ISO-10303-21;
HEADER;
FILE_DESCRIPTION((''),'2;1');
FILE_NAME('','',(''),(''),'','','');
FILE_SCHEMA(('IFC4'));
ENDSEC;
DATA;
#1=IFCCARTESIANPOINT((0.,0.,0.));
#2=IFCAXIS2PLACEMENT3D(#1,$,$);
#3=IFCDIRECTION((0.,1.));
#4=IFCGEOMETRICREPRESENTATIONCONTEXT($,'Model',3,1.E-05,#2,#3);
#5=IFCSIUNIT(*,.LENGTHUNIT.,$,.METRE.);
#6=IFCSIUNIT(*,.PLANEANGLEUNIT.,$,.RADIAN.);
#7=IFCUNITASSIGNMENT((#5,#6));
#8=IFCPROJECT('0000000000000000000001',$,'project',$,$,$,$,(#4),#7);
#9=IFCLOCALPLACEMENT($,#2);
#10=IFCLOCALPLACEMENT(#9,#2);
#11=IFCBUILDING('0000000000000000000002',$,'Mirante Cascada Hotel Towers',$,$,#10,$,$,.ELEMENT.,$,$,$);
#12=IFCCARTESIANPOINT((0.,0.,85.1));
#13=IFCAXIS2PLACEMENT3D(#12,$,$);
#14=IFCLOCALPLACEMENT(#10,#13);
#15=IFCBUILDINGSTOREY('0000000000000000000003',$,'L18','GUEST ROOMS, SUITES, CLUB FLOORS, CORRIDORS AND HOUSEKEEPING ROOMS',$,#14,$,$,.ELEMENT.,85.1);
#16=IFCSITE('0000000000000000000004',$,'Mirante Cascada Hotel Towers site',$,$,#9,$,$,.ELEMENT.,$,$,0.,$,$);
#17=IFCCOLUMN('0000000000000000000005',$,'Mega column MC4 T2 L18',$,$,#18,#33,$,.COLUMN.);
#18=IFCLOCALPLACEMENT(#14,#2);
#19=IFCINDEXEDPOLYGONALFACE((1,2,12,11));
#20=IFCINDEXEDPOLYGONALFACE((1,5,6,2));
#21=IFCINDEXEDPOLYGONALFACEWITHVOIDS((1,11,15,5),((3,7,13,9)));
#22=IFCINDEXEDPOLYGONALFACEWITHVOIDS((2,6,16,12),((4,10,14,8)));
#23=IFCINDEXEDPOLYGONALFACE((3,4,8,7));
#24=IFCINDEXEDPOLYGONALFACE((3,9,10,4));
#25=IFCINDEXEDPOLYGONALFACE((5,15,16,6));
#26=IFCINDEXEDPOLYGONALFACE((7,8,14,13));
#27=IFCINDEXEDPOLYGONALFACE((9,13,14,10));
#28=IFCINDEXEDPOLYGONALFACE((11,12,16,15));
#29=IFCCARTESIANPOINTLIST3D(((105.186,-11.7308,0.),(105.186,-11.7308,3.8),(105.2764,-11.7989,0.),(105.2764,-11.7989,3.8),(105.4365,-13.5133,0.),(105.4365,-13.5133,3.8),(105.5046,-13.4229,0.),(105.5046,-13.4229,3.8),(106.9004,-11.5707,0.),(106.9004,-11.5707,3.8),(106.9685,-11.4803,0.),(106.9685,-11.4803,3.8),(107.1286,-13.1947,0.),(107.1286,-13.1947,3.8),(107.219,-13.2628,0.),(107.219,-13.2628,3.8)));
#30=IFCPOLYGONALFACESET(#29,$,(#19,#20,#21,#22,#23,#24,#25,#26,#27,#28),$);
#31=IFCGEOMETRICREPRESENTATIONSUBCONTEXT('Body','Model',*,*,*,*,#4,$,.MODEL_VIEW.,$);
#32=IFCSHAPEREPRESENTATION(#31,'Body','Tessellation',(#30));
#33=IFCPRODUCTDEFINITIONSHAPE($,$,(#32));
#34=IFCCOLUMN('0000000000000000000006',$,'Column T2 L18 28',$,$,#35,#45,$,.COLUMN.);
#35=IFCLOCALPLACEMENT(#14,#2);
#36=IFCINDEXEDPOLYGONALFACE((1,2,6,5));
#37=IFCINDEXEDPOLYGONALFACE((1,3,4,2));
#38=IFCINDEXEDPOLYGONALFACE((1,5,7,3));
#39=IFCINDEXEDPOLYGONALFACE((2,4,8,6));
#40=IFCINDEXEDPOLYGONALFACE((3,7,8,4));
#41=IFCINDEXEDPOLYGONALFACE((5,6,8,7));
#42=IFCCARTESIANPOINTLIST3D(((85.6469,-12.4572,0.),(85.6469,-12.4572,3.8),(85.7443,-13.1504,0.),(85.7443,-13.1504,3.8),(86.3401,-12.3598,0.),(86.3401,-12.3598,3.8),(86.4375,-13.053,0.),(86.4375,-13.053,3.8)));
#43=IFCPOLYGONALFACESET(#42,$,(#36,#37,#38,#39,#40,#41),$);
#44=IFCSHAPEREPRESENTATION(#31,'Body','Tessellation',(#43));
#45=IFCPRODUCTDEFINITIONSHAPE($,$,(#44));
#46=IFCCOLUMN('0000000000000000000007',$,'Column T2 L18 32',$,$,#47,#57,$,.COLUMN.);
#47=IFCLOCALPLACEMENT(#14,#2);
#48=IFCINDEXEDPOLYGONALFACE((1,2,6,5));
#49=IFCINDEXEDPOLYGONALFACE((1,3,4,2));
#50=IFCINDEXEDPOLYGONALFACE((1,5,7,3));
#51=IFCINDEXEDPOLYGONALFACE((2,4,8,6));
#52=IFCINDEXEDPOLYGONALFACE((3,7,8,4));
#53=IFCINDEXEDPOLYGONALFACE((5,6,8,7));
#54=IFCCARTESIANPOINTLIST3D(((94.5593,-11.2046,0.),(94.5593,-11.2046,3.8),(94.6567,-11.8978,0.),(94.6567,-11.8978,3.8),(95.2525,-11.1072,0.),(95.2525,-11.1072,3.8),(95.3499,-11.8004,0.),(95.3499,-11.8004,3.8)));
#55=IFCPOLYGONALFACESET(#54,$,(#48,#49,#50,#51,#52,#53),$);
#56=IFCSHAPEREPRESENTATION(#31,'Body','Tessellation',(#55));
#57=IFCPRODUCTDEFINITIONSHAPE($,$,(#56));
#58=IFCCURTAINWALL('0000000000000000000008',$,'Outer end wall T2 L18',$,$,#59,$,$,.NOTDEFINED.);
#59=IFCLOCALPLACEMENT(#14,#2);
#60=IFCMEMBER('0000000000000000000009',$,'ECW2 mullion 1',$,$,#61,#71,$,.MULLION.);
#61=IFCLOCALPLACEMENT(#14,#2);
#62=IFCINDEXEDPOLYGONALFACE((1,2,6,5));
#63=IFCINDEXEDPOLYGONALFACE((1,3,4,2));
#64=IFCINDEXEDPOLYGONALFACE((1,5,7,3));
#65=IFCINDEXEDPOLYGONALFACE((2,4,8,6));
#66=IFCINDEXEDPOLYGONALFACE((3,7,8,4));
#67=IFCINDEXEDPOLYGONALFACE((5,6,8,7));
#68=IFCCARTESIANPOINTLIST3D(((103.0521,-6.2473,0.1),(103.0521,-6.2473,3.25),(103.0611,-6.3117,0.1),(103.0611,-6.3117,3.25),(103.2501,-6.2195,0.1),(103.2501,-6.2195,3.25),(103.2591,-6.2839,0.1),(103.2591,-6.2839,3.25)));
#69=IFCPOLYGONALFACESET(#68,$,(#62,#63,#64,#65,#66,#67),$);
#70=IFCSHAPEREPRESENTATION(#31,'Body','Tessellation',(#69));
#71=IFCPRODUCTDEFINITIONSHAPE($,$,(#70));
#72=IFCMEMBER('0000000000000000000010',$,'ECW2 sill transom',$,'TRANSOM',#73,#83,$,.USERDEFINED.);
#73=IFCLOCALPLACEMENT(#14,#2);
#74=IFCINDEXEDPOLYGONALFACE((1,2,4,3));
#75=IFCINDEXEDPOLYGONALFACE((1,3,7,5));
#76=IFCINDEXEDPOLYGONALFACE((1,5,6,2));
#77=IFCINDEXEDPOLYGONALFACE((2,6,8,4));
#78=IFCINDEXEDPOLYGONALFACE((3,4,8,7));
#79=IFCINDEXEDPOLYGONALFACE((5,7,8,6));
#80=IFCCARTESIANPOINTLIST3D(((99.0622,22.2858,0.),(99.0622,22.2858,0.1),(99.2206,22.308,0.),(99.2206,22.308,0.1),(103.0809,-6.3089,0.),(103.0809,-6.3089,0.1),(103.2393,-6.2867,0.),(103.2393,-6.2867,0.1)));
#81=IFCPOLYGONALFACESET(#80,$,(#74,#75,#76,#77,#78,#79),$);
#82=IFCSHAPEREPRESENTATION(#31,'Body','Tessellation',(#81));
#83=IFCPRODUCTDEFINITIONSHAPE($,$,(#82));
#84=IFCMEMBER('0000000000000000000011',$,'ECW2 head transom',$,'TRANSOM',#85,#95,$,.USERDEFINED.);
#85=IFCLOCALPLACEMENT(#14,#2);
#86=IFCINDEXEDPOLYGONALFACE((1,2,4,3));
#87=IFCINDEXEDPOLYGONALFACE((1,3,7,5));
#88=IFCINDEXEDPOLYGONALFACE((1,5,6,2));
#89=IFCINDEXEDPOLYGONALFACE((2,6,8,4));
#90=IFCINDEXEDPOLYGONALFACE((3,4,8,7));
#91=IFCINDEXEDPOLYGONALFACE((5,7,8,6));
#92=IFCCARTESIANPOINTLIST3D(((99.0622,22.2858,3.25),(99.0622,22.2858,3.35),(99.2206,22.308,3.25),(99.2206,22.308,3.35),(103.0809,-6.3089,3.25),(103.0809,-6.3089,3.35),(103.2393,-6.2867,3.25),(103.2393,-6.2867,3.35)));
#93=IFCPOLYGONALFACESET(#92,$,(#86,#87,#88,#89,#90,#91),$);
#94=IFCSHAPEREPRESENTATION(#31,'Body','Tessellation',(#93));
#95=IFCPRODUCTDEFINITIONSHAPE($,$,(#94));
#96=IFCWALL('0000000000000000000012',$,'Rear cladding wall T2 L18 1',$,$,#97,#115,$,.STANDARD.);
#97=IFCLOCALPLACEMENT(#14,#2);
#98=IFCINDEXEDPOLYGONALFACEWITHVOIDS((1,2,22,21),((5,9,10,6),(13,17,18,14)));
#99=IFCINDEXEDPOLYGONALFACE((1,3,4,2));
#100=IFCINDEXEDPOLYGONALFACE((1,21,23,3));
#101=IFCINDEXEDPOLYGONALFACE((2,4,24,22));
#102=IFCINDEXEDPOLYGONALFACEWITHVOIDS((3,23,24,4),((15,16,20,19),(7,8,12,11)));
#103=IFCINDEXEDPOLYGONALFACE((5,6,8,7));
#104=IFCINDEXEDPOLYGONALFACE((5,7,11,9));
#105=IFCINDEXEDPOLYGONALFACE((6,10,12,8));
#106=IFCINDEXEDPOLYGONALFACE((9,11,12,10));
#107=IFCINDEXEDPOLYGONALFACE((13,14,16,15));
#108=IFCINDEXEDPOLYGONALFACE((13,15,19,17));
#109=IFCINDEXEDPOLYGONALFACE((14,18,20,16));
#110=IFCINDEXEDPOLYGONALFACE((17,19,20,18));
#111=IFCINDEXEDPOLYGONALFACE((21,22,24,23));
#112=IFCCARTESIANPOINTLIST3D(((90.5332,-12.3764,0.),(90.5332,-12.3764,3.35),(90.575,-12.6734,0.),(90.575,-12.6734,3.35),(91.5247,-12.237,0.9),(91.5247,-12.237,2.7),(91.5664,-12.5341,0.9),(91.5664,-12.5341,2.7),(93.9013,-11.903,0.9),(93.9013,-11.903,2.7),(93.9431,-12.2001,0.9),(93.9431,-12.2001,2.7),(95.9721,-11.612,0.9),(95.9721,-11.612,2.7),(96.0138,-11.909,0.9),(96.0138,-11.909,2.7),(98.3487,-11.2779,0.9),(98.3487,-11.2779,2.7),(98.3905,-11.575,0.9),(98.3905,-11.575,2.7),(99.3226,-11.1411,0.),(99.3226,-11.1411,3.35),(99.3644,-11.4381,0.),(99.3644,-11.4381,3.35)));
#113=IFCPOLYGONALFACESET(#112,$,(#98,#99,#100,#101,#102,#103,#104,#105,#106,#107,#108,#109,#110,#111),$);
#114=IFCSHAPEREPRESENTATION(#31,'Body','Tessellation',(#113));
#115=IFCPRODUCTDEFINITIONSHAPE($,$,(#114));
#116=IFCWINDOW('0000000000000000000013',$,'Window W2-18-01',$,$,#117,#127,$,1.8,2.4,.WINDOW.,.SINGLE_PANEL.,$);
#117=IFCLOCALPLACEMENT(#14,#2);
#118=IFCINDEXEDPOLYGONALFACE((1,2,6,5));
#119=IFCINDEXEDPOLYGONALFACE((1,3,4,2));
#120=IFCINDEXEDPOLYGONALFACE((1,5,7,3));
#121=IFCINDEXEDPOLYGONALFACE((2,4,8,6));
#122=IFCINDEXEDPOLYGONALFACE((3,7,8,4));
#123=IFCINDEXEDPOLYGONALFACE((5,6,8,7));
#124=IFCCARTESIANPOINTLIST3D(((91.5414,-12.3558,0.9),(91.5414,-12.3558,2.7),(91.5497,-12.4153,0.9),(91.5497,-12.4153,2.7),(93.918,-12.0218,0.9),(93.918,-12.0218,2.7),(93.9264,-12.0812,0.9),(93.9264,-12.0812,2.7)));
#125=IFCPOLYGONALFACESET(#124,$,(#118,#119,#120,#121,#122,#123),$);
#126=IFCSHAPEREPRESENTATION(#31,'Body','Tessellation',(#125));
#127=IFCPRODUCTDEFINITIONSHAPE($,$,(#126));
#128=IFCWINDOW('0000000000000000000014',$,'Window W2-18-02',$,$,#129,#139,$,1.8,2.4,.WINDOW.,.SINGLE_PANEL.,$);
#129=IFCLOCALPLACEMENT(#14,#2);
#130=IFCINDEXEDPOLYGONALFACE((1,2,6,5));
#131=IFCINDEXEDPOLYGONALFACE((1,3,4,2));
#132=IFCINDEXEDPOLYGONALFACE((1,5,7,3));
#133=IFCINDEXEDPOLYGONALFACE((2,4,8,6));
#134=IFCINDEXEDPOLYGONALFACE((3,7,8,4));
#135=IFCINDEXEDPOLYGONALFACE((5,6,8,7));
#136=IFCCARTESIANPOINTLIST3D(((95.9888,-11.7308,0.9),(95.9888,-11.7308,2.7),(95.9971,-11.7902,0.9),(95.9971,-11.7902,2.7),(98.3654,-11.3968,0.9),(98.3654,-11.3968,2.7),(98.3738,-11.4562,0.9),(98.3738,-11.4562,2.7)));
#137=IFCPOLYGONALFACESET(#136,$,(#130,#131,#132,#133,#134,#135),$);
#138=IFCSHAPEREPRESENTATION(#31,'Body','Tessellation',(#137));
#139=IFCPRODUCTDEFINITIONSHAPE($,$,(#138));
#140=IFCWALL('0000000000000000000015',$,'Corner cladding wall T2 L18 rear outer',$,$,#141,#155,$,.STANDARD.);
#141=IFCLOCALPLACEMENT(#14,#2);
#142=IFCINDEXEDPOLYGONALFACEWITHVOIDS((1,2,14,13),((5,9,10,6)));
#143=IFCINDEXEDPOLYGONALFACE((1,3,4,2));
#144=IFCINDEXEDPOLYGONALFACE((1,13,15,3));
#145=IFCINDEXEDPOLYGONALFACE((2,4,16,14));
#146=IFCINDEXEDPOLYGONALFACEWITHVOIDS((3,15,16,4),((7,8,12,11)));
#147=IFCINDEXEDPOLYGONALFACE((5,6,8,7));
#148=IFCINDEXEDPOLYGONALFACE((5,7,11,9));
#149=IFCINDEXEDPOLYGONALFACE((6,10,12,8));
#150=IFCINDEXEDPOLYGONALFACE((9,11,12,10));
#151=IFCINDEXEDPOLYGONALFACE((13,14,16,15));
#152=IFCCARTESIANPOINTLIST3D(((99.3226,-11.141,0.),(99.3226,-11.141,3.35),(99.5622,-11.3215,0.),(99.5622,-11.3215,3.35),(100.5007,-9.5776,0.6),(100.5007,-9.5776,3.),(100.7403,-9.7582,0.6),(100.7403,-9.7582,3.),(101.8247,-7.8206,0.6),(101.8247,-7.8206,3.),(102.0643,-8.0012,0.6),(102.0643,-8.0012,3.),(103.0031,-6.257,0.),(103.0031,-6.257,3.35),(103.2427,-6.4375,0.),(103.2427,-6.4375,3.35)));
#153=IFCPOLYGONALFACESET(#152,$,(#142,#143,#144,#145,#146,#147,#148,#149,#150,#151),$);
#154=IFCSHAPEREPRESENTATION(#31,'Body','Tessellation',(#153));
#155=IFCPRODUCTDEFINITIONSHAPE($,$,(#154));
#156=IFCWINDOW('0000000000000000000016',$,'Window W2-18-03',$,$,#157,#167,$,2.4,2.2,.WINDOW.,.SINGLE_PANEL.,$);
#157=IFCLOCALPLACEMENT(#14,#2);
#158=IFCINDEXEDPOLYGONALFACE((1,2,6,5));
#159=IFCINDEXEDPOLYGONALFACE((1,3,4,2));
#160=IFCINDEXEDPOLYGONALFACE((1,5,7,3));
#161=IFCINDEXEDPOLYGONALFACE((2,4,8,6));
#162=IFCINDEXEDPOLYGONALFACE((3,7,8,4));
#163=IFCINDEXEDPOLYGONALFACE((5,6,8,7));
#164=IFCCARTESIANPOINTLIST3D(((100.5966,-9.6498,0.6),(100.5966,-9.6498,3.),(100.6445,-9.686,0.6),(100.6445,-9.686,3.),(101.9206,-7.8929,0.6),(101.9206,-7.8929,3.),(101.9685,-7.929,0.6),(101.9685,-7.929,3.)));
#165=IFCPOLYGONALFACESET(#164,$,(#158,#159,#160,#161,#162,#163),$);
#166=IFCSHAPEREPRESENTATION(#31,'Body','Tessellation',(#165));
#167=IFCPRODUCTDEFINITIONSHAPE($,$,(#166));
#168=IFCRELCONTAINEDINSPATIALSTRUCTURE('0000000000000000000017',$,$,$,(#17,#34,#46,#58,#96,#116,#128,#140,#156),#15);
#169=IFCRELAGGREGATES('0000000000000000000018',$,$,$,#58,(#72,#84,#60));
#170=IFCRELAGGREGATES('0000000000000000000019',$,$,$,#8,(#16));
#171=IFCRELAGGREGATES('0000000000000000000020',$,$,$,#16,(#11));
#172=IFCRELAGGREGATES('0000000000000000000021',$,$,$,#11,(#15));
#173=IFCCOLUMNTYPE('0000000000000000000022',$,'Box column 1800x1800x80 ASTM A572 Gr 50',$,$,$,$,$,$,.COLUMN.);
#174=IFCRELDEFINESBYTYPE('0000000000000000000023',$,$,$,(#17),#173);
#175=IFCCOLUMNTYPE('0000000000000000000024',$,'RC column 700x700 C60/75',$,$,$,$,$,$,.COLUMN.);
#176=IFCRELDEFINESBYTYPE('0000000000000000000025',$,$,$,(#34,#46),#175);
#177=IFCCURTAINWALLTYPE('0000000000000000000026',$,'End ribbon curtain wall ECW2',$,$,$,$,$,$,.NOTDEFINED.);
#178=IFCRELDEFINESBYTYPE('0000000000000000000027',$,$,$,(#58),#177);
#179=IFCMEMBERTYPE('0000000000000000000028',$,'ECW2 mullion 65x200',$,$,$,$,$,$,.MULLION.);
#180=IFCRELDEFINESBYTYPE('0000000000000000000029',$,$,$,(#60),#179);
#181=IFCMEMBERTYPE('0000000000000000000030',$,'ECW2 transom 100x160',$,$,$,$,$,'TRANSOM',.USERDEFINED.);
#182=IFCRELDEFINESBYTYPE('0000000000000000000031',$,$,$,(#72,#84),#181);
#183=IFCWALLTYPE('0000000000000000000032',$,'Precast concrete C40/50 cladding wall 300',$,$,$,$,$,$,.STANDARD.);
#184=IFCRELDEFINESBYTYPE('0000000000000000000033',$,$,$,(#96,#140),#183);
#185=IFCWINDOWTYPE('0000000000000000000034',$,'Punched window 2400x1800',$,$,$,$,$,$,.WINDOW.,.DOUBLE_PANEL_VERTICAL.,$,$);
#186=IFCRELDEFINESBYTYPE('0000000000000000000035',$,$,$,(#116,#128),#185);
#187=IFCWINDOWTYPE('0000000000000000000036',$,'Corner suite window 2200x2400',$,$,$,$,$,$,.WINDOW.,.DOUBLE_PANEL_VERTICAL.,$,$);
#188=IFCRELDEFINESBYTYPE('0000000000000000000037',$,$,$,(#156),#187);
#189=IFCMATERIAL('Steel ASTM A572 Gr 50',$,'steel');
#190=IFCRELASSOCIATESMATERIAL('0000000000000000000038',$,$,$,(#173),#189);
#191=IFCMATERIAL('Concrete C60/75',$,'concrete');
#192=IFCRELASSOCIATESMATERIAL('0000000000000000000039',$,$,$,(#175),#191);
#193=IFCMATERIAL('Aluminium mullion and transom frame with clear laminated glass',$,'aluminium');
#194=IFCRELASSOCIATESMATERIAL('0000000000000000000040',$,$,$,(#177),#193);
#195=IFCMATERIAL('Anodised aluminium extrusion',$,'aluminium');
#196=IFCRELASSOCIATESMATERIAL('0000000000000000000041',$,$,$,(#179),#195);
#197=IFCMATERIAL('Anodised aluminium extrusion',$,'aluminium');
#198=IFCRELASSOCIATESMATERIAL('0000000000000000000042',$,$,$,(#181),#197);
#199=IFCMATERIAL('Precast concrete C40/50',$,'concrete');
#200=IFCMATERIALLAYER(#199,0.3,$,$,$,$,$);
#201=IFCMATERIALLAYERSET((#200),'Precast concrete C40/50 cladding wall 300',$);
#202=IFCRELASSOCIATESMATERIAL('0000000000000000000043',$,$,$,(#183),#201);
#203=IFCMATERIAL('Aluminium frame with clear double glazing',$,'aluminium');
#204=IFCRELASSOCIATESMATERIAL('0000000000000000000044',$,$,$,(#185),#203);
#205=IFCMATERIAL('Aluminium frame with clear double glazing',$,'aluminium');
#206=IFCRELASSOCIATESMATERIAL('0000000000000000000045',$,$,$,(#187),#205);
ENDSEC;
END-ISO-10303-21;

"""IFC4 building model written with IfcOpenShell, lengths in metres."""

from ifc_helpers import new_model, si_unit, direction, frame, frame_2d, origin, origin_2d, place, context, subcontext, project, spatial, rectangle, hollow_rectangle, extrude, material, layer, layer_set, material_profile, profile_set, type_object, element, fill, aggregate, save


model = new_model("IFC4")

# Units and contexts
model_context = context("Model", 3, precision=1e-05, world=origin(), true_north=direction((0.0, 1.0)))
body_context = subcontext(model_context, "Body", "Model", "MODEL_VIEW")
ifc_project = project(units=[si_unit("LENGTHUNIT", "METRE"), si_unit("PLANEANGLEUNIT", "RADIAN")], contexts=[model_context])

# Site, building, storey
site_placement = place(None, origin())
site = spatial("IfcSite", under=ifc_project, at=site_placement, Name="Mirante Cascada Hotel Towers site", CompositionType="ELEMENT", RefElevation=0.0)
building_placement = place(site_placement, origin())
building = spatial("IfcBuilding", under=site, at=building_placement, Name="Mirante Cascada Hotel Towers", CompositionType="ELEMENT")
storey_placement = place(building_placement, frame((0.0, 0.0, 85.1)))
storey = spatial("IfcBuildingStorey", under=building, at=storey_placement, Name="L18", Description="GUEST ROOMS, SUITES, CLUB FLOORS, CORRIDORS AND HOUSEKEEPING ROOMS", CompositionType="ELEMENT", Elevation=85.1)

# Columns
ifc_material_1 = material(Name="Steel ASTM A572 Gr 50", Category="steel")
ifc_material_profile_1 = material_profile(ifc_material_1, hollow_rectangle(XDim=1.8, YDim=1.8, WallThickness=0.08, at=origin_2d()), Name="Box column 1800x1800x80 ASTM A572 Gr 50")
ifc_profile_set_1 = profile_set([ifc_material_profile_1], Name="Steel ASTM A572 Gr 50")
column_type_1 = type_object("IfcColumnType", Name="Box column 1800x1800x80 ASTM A572 Gr 50", PredefinedType="COLUMN", material=ifc_profile_set_1)
column_placement = place(storey_placement, frame((106.2025, -12.4968, 0.0), z_axis=(0.0, 0.0, 1.0), x_axis=(0.990268, 0.139173, 0.0)))
element("IfcColumn", 1, at=column_placement, inside=storey, type_object=column_type_1, Name="Mega column MC4 T2 L18", PredefinedType="COLUMN", context=body_context, shape_type="SweptSolid", body=[
    extrude(hollow_rectangle(XDim=1.8, YDim=1.8, WallThickness=0.08, at=origin_2d()), origin(), (0.0, 0.0, 1.0), 3.8),
])
ifc_material_2 = material(Name="Concrete C60/75", Category="concrete")
ifc_material_profile_2 = material_profile(ifc_material_2, rectangle(XDim=0.7, YDim=0.7, at=origin_2d()), Name="RC column 700x700 C60/75")
ifc_profile_set_2 = profile_set([ifc_material_profile_2], Name="Concrete C60/75")
column_type_2 = type_object("IfcColumnType", Name="RC column 700x700 C60/75", PredefinedType="COLUMN", material=ifc_profile_set_2)
for number, where, z_axis, x_axis, name in (
    (2, (86.0422, -12.7551, 0.0), (0.0, 0.0, 1.0), (0.990268, 0.139173, 0.0), "Column T2 L18 28"),
    (3, (94.9546, -11.5025, 0.0), (0.0, 0.0, 1.0), (0.990268, 0.139173, 0.0), "Column T2 L18 32"),
):
    element("IfcColumn", number, at=place(storey_placement, frame(where, z_axis=z_axis, x_axis=x_axis)), inside=storey, type_object=column_type_2, Name=name, PredefinedType="COLUMN", context=body_context, shape_type="SweptSolid", body=[
        extrude(rectangle(XDim=0.7, YDim=0.7, at=origin_2d()), origin(), (0.0, 0.0, 1.0), 3.8),
    ])

# Curtain wall, members
ifc_material_3 = material(Name="Aluminium mullion and transom frame with clear laminated glass", Category="aluminium")
curtain_wall_type = type_object("IfcCurtainWallType", Name="End ribbon curtain wall ECW2", PredefinedType="NOTDEFINED", material=ifc_material_3)
curtain_wall_placement = place(storey_placement, origin())
curtain_wall = element("IfcCurtainWall", 4, at=curtain_wall_placement, inside=storey, type_object=curtain_wall_type, Name="Outer end wall T2 L18", PredefinedType="NOTDEFINED")
ifc_material_4 = material(Name="Anodised aluminium extrusion", Category="aluminium")
ifc_material_profile_3 = material_profile(ifc_material_4, rectangle(XDim=0.2, YDim=0.065, at=origin_2d()), Name="ECW2 MULLION 65x200")
ifc_profile_set_3 = profile_set([ifc_material_profile_3], Name="Anodised aluminium extrusion")
member_type_1 = type_object("IfcMemberType", Name="ECW2 mullion 65x200", PredefinedType="MULLION", material=ifc_profile_set_3)
member_1_placement = place(storey_placement, frame((103.1556, -6.2656, 0.1), z_axis=(0.0, 0.0, 1.0), x_axis=(-0.990268, -0.139173, 0.0)))
member_1 = element("IfcMember", 5, at=member_1_placement, type_object=member_type_1, Name="ECW2 mullion 1", PredefinedType="MULLION", context=body_context, shape_type="SweptSolid", body=[
    extrude(rectangle(XDim=0.2, YDim=0.065, at=origin_2d()), origin(), (0.0, 0.0, 1.0), 3.15),
])
ifc_material_5 = material(Name="Anodised aluminium extrusion", Category="aluminium")
ifc_material_profile_4 = material_profile(ifc_material_5, rectangle(XDim=0.16, YDim=0.1, at=origin_2d()), Name="ECW2 TRANSOM 100x160")
ifc_profile_set_4 = profile_set([ifc_material_profile_4], Name="Anodised aluminium extrusion")
member_type_2 = type_object("IfcMemberType", Name="ECW2 transom 100x160", ElementType="TRANSOM", PredefinedType="USERDEFINED", material=ifc_profile_set_4)
member_2_placement = place(storey_placement, frame((103.1601, -6.2978, 0.05), z_axis=(-0.139172, 0.990268, 0.0), x_axis=(-0.990268, -0.139172, 0.0)))
member_2 = element("IfcMember", 6, at=member_2_placement, type_object=member_type_2, Name="ECW2 sill transom", ObjectType="TRANSOM", PredefinedType="USERDEFINED", context=body_context, shape_type="SweptSolid", body=[
    extrude(rectangle(XDim=0.16, YDim=0.1, at=origin_2d()), origin(), (0.0, 0.0, 1.0), 28.8757),
])
member_3_placement = place(storey_placement, frame((103.1601, -6.2978, 3.3), z_axis=(-0.139172, 0.990268, 0.0), x_axis=(-0.990268, -0.139172, 0.0)))
member_3 = element("IfcMember", 7, at=member_3_placement, type_object=member_type_2, Name="ECW2 head transom", ObjectType="TRANSOM", PredefinedType="USERDEFINED", context=body_context, shape_type="SweptSolid", body=[
    extrude(rectangle(XDim=0.16, YDim=0.1, at=origin_2d()), origin(), (0.0, 0.0, 1.0), 28.8757),
])
aggregate(curtain_wall, [member_2, member_3, member_1])

# Wall, openings, windows
ifc_material_6 = material(Name="Precast concrete C40/50", Category="concrete")
ifc_layer_1 = layer(ifc_material_6, 0.3)
ifc_layer_set_1 = layer_set([ifc_layer_1], Name="Precast concrete C40/50 cladding wall 300")
wall_type_1 = type_object("IfcWallType", Name="Precast concrete C40/50 cladding wall 300", PredefinedType="STANDARD", material=ifc_layer_set_1)
wall_1_placement = place(storey_placement, frame((90.5541, -12.5249, 0.0), z_axis=(0.0, 0.0, 1.0), x_axis=(0.990268, 0.139177, 0.0)))
wall_1 = element("IfcWall", 8, at=wall_1_placement, inside=storey, type_object=wall_type_1, Name="Rear cladding wall T2 L18 1", PredefinedType="STANDARD", context=body_context, shape_type="SweptSolid", body=[
    extrude(rectangle(XDim=8.8758, YDim=0.3, at=frame_2d((4.4379, 0.0))), origin(), (0.0, 0.0, 1.0), 3.35),
])
opening_1_placement = place(wall_1_placement, frame((1.0012, 0.0, 0.9)))
opening_1 = element("IfcOpeningElement", 9, at=opening_1_placement, cuts=wall_1, PredefinedType="OPENING", context=body_context, shape_type="SweptSolid", body=[
    extrude(rectangle(XDim=2.4, YDim=1.8, at=frame_2d((1.2, 0.9))), frame((0.0, 0.15, 0.0), z_axis=(0.0, -1.0, 0.0), x_axis=(1.0, 0.0, 0.0)), (0.0, 0.0, 1.0), 0.3),
])
opening_2_placement = place(wall_1_placement, frame((5.4923, 0.0, 0.9)))
opening_2 = element("IfcOpeningElement", 10, at=opening_2_placement, cuts=wall_1, PredefinedType="OPENING", context=body_context, shape_type="SweptSolid", body=[
    extrude(rectangle(XDim=2.4, YDim=1.8, at=frame_2d((1.2, 0.9))), frame((0.0, 0.15, 0.0), z_axis=(0.0, -1.0, 0.0), x_axis=(1.0, 0.0, 0.0)), (0.0, 0.0, 1.0), 0.3),
])
ifc_material_7 = material(Name="Aluminium frame with clear double glazing", Category="aluminium")
window_type_1 = type_object("IfcWindowType", Name="Punched window 2400x1800", PartitioningType="DOUBLE_PANEL_VERTICAL", PredefinedType="WINDOW", material=ifc_material_7)
window_1_placement = place(opening_1_placement, origin())
window_1 = element("IfcWindow", 11, at=window_1_placement, inside=storey, type_object=window_type_1, Name="Window W2-18-01", OverallHeight=1.8, OverallWidth=2.4, PartitioningType="SINGLE_PANEL", PredefinedType="WINDOW", context=body_context, shape_type="SweptSolid", body=[
    extrude(rectangle(XDim=2.4, YDim=1.8, at=frame_2d((1.2, 0.9))), frame((0.0, 0.03, 0.0), z_axis=(0.0, -1.0, 0.0), x_axis=(1.0, 0.0, 0.0)), (0.0, 0.0, 1.0), 0.06),
])
fill(opening_1, window_1)
window_2_placement = place(opening_2_placement, origin())
window_2 = element("IfcWindow", 12, at=window_2_placement, inside=storey, type_object=window_type_1, Name="Window W2-18-02", OverallHeight=1.8, OverallWidth=2.4, PartitioningType="SINGLE_PANEL", PredefinedType="WINDOW", context=body_context, shape_type="SweptSolid", body=[
    extrude(rectangle(XDim=2.4, YDim=1.8, at=frame_2d((1.2, 0.9))), frame((0.0, 0.03, 0.0), z_axis=(0.0, -1.0, 0.0), x_axis=(1.0, 0.0, 0.0)), (0.0, 0.0, 1.0), 0.06),
])
fill(opening_2, window_2)

# Wall, opening, window
wall_2_placement = place(storey_placement, frame((99.4424, -11.2313, 0.0), z_axis=(0.0, 0.0, 1.0), x_axis=(0.601819, 0.798632, 0.0)))
wall_2 = element("IfcWall", 13, at=wall_2_placement, inside=storey, type_object=wall_type_1, Name="Corner cladding wall T2 L18 rear outer", PredefinedType="STANDARD", context=body_context, shape_type="SweptSolid", body=[
    extrude(rectangle(XDim=6.1155, YDim=0.3, at=frame_2d((3.0578, 0.0))), origin(), (0.0, 0.0, 1.0), 3.35),
])
opening_3_placement = place(wall_2_placement, frame((1.9576, 0.0, 0.6)))
opening_3 = element("IfcOpeningElement", 14, at=opening_3_placement, cuts=wall_2, PredefinedType="OPENING", context=body_context, shape_type="SweptSolid", body=[
    extrude(rectangle(XDim=2.2, YDim=2.4, at=frame_2d((1.1, 1.2))), frame((0.0, 0.15, 0.0), z_axis=(0.0, -1.0, 0.0), x_axis=(1.0, 0.0, 0.0)), (0.0, 0.0, 1.0), 0.3),
])
ifc_material_8 = material(Name="Aluminium frame with clear double glazing", Category="aluminium")
window_type_2 = type_object("IfcWindowType", Name="Corner suite window 2200x2400", PartitioningType="DOUBLE_PANEL_VERTICAL", PredefinedType="WINDOW", material=ifc_material_8)
window_3_placement = place(opening_3_placement, origin())
window_3 = element("IfcWindow", 15, at=window_3_placement, inside=storey, type_object=window_type_2, Name="Window W2-18-03", OverallHeight=2.4, OverallWidth=2.2, PartitioningType="SINGLE_PANEL", PredefinedType="WINDOW", context=body_context, shape_type="SweptSolid", body=[
    extrude(rectangle(XDim=2.2, YDim=2.4, at=frame_2d((1.1, 1.2))), frame((0.0, 0.03, 0.0), z_axis=(0.0, -1.0, 0.0), x_axis=(1.0, 0.0, 0.0)), (0.0, 0.0, 1.0), 0.06),
])
fill(opening_3, window_3)

save(model, "model.ifc")
